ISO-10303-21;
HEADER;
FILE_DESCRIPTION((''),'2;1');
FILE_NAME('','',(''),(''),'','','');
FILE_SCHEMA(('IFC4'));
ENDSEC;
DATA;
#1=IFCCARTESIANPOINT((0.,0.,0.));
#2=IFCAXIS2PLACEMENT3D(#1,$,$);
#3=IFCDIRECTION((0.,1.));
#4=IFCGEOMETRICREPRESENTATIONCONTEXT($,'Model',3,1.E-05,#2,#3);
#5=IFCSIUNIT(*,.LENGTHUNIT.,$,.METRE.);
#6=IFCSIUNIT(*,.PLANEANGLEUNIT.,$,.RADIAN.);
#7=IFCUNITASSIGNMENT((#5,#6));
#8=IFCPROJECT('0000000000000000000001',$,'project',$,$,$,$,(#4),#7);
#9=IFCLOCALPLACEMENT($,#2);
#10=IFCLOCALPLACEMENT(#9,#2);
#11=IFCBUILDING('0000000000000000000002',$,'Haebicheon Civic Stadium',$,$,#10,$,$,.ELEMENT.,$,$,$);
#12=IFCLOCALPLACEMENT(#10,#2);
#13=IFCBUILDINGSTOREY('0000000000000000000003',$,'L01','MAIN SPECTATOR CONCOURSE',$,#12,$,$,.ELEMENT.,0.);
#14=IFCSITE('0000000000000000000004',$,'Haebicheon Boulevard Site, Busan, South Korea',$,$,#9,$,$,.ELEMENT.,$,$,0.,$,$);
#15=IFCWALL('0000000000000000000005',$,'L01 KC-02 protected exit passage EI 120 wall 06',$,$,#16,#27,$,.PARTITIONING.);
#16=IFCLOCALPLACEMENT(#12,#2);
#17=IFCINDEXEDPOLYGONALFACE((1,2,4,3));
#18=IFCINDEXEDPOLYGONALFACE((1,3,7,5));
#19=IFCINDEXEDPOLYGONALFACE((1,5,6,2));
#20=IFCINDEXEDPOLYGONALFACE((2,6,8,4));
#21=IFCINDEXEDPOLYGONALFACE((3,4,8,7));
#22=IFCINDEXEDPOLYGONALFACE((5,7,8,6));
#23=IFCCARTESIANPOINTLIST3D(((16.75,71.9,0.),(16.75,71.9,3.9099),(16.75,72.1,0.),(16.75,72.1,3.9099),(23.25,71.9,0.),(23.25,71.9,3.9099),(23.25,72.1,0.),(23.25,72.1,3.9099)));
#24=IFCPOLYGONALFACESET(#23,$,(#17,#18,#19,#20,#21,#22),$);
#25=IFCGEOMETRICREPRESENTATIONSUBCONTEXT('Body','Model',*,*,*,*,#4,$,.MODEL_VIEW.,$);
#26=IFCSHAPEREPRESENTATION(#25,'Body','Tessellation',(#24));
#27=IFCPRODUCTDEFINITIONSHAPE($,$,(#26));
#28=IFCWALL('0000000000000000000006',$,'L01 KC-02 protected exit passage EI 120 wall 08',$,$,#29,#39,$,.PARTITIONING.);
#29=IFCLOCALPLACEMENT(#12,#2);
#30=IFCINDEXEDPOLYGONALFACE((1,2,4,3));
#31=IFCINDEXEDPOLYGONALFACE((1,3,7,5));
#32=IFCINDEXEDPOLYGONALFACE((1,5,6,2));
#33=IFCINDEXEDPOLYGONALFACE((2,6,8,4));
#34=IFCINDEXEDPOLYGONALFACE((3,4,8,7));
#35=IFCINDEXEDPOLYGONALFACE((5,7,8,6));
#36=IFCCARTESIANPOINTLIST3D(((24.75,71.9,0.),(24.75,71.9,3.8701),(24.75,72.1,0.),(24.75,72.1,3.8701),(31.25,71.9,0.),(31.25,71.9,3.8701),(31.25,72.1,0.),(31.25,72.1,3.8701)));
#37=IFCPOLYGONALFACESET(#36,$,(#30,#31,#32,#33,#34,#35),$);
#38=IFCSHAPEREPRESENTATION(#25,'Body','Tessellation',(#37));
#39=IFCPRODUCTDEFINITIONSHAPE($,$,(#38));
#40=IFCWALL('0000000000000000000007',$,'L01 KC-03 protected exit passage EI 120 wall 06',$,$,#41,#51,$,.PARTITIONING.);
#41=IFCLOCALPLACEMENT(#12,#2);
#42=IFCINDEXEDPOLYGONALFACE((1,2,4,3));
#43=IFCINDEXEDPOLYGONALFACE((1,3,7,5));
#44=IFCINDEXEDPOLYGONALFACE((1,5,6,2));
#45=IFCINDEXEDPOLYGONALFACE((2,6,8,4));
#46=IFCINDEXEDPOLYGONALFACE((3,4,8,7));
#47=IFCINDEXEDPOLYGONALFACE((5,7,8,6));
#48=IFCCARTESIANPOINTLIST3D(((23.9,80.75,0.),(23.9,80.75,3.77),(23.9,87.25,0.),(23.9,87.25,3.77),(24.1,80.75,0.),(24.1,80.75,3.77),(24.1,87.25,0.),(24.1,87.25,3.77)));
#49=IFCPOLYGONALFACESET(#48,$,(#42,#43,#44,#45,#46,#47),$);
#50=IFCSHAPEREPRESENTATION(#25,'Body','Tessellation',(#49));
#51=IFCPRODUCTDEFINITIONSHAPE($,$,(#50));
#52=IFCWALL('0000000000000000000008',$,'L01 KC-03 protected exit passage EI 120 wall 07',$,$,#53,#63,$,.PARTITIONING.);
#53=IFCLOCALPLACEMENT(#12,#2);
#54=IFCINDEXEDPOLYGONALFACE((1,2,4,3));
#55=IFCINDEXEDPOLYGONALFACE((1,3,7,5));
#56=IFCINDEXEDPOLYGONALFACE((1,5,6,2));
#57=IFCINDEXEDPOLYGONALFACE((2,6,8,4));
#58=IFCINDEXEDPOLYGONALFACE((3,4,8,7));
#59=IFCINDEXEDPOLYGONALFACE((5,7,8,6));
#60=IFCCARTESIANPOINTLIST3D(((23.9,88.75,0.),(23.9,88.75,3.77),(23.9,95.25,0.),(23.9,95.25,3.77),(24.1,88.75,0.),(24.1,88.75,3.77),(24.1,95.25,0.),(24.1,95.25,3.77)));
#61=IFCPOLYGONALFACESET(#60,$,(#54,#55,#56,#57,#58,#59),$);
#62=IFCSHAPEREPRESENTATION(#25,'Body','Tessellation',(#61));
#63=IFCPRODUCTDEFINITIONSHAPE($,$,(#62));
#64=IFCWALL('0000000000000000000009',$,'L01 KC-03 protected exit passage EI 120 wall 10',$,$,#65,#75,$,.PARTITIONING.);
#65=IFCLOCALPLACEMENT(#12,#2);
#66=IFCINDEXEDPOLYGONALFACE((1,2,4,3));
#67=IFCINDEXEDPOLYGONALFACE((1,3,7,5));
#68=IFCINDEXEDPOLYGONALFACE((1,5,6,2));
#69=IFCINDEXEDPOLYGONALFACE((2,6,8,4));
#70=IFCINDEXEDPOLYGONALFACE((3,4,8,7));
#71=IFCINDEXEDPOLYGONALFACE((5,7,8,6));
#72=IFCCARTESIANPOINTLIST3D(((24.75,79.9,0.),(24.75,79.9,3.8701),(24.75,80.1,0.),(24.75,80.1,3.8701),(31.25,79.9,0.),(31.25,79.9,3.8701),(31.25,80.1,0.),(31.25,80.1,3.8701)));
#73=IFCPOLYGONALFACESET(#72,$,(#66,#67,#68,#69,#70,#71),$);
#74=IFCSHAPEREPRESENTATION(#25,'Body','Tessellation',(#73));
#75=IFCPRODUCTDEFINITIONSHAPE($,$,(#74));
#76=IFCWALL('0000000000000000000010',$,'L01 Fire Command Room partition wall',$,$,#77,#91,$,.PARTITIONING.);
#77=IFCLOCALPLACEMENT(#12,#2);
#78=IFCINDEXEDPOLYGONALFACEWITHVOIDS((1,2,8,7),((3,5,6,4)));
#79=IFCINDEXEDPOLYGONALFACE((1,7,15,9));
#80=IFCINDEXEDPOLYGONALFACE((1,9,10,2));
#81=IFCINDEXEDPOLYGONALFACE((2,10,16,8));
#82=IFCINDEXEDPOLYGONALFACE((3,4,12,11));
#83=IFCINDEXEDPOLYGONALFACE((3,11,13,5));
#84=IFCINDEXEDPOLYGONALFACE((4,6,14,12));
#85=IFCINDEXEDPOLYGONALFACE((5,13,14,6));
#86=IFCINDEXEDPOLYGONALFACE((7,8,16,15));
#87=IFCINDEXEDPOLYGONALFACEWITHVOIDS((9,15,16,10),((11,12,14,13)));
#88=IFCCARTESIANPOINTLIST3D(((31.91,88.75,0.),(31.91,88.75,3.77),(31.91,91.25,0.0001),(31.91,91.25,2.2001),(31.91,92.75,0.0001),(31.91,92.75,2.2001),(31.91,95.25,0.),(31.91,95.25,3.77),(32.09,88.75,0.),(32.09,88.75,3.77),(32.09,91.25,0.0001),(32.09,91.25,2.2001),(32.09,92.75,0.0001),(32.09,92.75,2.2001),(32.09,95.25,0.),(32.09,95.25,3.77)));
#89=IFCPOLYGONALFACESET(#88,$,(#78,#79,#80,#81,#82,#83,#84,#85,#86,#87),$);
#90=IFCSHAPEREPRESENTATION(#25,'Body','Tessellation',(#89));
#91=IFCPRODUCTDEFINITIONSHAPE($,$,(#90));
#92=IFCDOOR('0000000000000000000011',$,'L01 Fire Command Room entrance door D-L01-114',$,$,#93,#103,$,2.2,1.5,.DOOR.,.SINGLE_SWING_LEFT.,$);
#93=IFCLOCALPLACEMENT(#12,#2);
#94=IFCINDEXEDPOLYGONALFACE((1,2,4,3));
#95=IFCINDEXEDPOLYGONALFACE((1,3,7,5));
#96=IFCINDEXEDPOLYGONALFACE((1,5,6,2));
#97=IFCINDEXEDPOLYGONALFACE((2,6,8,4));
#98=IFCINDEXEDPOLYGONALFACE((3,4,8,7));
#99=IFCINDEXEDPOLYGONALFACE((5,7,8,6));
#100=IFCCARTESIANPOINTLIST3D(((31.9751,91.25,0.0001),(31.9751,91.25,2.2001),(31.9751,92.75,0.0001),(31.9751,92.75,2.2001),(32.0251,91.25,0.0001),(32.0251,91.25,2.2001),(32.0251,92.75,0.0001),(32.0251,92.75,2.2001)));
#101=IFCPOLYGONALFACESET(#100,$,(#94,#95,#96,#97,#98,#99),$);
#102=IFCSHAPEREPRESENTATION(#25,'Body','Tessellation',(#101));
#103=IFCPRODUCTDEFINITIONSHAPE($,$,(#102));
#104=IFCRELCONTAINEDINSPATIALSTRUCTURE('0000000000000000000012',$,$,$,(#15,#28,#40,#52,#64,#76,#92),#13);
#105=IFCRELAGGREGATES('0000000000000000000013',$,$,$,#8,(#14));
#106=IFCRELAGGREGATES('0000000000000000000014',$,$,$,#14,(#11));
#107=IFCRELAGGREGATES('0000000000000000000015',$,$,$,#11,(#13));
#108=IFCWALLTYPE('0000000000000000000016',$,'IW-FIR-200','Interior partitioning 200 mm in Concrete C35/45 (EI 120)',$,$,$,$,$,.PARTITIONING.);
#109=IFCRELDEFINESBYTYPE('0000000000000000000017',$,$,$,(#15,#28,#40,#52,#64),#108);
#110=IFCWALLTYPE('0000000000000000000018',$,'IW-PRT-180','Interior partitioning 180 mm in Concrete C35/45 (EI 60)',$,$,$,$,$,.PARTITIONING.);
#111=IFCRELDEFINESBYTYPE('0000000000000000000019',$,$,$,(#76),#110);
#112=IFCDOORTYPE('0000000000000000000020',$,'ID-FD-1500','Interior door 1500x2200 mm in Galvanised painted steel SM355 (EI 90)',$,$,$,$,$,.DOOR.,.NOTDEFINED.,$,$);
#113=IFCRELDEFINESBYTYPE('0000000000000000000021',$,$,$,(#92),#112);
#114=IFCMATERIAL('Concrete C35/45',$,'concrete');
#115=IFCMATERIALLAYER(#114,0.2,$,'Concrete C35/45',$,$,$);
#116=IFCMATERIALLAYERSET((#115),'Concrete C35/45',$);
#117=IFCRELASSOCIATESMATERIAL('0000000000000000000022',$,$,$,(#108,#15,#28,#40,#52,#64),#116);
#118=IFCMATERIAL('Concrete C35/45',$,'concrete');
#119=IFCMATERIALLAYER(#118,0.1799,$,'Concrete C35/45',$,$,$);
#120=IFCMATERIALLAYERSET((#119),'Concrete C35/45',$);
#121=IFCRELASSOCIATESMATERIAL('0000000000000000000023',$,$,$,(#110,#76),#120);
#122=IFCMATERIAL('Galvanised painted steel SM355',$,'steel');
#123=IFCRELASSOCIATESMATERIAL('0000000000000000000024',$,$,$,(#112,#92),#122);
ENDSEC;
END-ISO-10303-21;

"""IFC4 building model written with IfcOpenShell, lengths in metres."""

from ifc_helpers import new_model, si_unit, direction, frame, frame_2d, origin, place, context, subcontext, project, spatial, rectangle, extrude, material, layer, layer_set, type_object, element, fill, save


model = new_model("IFC4")

# Units and contexts
model_context = context("Model", 3, precision=1e-05, world=origin(), true_north=direction((0.0, 1.0)))
body_context = subcontext(model_context, "Body", "Model", "MODEL_VIEW")
ifc_project = project(units=[si_unit("LENGTHUNIT", "METRE"), si_unit("PLANEANGLEUNIT", "RADIAN")], contexts=[model_context])

# Site, building, storey
site_placement = place(None, origin())
site = spatial("IfcSite", under=ifc_project, at=site_placement, Name="Haebicheon Boulevard Site, Busan, South Korea", CompositionType="ELEMENT", RefElevation=0.0)
building_placement = place(site_placement, origin())
building = spatial("IfcBuilding", under=site, at=building_placement, Name="Haebicheon Civic Stadium", CompositionType="ELEMENT")
storey_placement = place(building_placement, origin())
storey = spatial("IfcBuildingStorey", under=building, at=storey_placement, Name="L01", Description="MAIN SPECTATOR CONCOURSE", CompositionType="ELEMENT", Elevation=0.0)

# Walls
ifc_material_1 = material(Name="Concrete C35/45", Category="concrete")
ifc_layer_1 = layer(ifc_material_1, 0.2, Name="Concrete C35/45")
ifc_layer_set_1 = layer_set([ifc_layer_1], Name="Concrete C35/45")
wall_type_1 = type_object("IfcWallType", Name="IW-FIR-200", Description="Interior partitioning 200 mm in Concrete C35/45 (EI 120)", PredefinedType="PARTITIONING", material=ifc_layer_set_1)
wall_1_placement = place(storey_placement, frame((16.75, 72.0, 0.0), z_axis=(0.0, 0.0, 1.0), x_axis=(1.0, 0.0, 0.0)))
element("IfcWall", 1, at=wall_1_placement, inside=storey, type_object=wall_type_1, material=ifc_layer_set_1, Name="L01 KC-02 protected exit passage EI 120 wall 06", PredefinedType="PARTITIONING", context=body_context, shape_type="SweptSolid", body=[
    extrude(rectangle(XDim=6.5, YDim=0.2, at=frame_2d((3.25, 0.0))), origin(), (0.0, 0.0, 1.0), 3.9099),
])
wall_2_placement = place(storey_placement, frame((24.75, 72.0, 0.0), z_axis=(0.0, 0.0, 1.0), x_axis=(1.0, 0.0, 0.0)))
element("IfcWall", 2, at=wall_2_placement, inside=storey, type_object=wall_type_1, material=ifc_layer_set_1, Name="L01 KC-02 protected exit passage EI 120 wall 08", PredefinedType="PARTITIONING", context=body_context, shape_type="SweptSolid", body=[
    extrude(rectangle(XDim=6.5, YDim=0.2, at=frame_2d((3.25, 0.0))), origin(), (0.0, 0.0, 1.0), 3.8701),
])
for number, where, z_axis, x_axis, name in (
    (3, (24.0, 80.75, 0.0), (0.0, 0.0, 1.0), (0.0, 1.0, 0.0), "L01 KC-03 protected exit passage EI 120 wall 06"),
    (4, (24.0, 88.75, 0.0), (0.0, 0.0, 1.0), (0.0, 1.0, 0.0), "L01 KC-03 protected exit passage EI 120 wall 07"),
):
    element("IfcWall", number, at=place(storey_placement, frame(where, z_axis=z_axis, x_axis=x_axis)), inside=storey, type_object=wall_type_1, material=ifc_layer_set_1, Name=name, PredefinedType="PARTITIONING", context=body_context, shape_type="SweptSolid", body=[
        extrude(rectangle(XDim=6.5, YDim=0.2, at=frame_2d((3.25, 0.0))), origin(), (0.0, 0.0, 1.0), 3.77),
    ])
wall_3_placement = place(storey_placement, frame((24.75, 80.0, 0.0), z_axis=(0.0, 0.0, 1.0), x_axis=(1.0, 0.0, 0.0)))
element("IfcWall", 5, at=wall_3_placement, inside=storey, type_object=wall_type_1, material=ifc_layer_set_1, Name="L01 KC-03 protected exit passage EI 120 wall 10", PredefinedType="PARTITIONING", context=body_context, shape_type="SweptSolid", body=[
    extrude(rectangle(XDim=6.5, YDim=0.2, at=frame_2d((3.25, 0.0))), origin(), (0.0, 0.0, 1.0), 3.8701),
])

# Wall, opening, door
ifc_material_2 = material(Name="Concrete C35/45", Category="concrete")
ifc_layer_2 = layer(ifc_material_2, 0.1799, Name="Concrete C35/45")
ifc_layer_set_2 = layer_set([ifc_layer_2], Name="Concrete C35/45")
wall_type_2 = type_object("IfcWallType", Name="IW-PRT-180", Description="Interior partitioning 180 mm in Concrete C35/45 (EI 60)", PredefinedType="PARTITIONING", material=ifc_layer_set_2)
wall_4_placement = place(storey_placement, frame((32.0, 88.75, 0.0), z_axis=(0.0, 0.0, 1.0), x_axis=(0.0, 1.0, 0.0)))
wall_4 = element("IfcWall", 6, at=wall_4_placement, inside=storey, type_object=wall_type_2, material=ifc_layer_set_2, Name="L01 Fire Command Room partition wall", PredefinedType="PARTITIONING", context=body_context, shape_type="SweptSolid", body=[
    extrude(rectangle(XDim=6.5, YDim=0.1799, at=frame_2d((3.25, 0.0))), origin(), (0.0, 0.0, 1.0), 3.77),
])
opening_placement = place(wall_4_placement, frame((2.5, 0.0, 0.0)))
opening = element("IfcOpeningElement", 7, at=opening_placement, cuts=wall_4, PredefinedType="OPENING", context=body_context, shape_type="SweptSolid", body=[
    extrude(rectangle(XDim=1.5, YDim=2.2, at=frame_2d((0.75, 1.1001))), frame((0.0, 0.0999, 0.0), z_axis=(0.0, -1.0, 0.0), x_axis=(1.0, 0.0, 0.0)), (0.0, 0.0, 1.0), 0.2),
])
ifc_material_3 = material(Name="Galvanised painted steel SM355", Category="steel")
door_type = type_object("IfcDoorType", Name="ID-FD-1500", Description="Interior door 1500x2200 mm in Galvanised painted steel SM355 (EI 90)", OperationType="NOTDEFINED", PredefinedType="DOOR", material=ifc_material_3)
door_placement = place(opening_placement, origin())
door = element("IfcDoor", 8, at=door_placement, inside=storey, type_object=door_type, material=ifc_material_3, Name="L01 Fire Command Room entrance door D-L01-114", OperationType="SINGLE_SWING_LEFT", OverallHeight=2.2, OverallWidth=1.5, PredefinedType="DOOR", context=body_context, shape_type="SweptSolid", body=[
    extrude(rectangle(XDim=1.5, YDim=2.2, at=frame_2d((0.75, 1.1001))), frame((0.0, 0.0249, 0.0), z_axis=(0.0, -1.0, 0.0), x_axis=(1.0, 0.0, 0.0)), (0.0, 0.0, 1.0), 0.05),
])
fill(opening, door)

save(model, "model.ifc")
